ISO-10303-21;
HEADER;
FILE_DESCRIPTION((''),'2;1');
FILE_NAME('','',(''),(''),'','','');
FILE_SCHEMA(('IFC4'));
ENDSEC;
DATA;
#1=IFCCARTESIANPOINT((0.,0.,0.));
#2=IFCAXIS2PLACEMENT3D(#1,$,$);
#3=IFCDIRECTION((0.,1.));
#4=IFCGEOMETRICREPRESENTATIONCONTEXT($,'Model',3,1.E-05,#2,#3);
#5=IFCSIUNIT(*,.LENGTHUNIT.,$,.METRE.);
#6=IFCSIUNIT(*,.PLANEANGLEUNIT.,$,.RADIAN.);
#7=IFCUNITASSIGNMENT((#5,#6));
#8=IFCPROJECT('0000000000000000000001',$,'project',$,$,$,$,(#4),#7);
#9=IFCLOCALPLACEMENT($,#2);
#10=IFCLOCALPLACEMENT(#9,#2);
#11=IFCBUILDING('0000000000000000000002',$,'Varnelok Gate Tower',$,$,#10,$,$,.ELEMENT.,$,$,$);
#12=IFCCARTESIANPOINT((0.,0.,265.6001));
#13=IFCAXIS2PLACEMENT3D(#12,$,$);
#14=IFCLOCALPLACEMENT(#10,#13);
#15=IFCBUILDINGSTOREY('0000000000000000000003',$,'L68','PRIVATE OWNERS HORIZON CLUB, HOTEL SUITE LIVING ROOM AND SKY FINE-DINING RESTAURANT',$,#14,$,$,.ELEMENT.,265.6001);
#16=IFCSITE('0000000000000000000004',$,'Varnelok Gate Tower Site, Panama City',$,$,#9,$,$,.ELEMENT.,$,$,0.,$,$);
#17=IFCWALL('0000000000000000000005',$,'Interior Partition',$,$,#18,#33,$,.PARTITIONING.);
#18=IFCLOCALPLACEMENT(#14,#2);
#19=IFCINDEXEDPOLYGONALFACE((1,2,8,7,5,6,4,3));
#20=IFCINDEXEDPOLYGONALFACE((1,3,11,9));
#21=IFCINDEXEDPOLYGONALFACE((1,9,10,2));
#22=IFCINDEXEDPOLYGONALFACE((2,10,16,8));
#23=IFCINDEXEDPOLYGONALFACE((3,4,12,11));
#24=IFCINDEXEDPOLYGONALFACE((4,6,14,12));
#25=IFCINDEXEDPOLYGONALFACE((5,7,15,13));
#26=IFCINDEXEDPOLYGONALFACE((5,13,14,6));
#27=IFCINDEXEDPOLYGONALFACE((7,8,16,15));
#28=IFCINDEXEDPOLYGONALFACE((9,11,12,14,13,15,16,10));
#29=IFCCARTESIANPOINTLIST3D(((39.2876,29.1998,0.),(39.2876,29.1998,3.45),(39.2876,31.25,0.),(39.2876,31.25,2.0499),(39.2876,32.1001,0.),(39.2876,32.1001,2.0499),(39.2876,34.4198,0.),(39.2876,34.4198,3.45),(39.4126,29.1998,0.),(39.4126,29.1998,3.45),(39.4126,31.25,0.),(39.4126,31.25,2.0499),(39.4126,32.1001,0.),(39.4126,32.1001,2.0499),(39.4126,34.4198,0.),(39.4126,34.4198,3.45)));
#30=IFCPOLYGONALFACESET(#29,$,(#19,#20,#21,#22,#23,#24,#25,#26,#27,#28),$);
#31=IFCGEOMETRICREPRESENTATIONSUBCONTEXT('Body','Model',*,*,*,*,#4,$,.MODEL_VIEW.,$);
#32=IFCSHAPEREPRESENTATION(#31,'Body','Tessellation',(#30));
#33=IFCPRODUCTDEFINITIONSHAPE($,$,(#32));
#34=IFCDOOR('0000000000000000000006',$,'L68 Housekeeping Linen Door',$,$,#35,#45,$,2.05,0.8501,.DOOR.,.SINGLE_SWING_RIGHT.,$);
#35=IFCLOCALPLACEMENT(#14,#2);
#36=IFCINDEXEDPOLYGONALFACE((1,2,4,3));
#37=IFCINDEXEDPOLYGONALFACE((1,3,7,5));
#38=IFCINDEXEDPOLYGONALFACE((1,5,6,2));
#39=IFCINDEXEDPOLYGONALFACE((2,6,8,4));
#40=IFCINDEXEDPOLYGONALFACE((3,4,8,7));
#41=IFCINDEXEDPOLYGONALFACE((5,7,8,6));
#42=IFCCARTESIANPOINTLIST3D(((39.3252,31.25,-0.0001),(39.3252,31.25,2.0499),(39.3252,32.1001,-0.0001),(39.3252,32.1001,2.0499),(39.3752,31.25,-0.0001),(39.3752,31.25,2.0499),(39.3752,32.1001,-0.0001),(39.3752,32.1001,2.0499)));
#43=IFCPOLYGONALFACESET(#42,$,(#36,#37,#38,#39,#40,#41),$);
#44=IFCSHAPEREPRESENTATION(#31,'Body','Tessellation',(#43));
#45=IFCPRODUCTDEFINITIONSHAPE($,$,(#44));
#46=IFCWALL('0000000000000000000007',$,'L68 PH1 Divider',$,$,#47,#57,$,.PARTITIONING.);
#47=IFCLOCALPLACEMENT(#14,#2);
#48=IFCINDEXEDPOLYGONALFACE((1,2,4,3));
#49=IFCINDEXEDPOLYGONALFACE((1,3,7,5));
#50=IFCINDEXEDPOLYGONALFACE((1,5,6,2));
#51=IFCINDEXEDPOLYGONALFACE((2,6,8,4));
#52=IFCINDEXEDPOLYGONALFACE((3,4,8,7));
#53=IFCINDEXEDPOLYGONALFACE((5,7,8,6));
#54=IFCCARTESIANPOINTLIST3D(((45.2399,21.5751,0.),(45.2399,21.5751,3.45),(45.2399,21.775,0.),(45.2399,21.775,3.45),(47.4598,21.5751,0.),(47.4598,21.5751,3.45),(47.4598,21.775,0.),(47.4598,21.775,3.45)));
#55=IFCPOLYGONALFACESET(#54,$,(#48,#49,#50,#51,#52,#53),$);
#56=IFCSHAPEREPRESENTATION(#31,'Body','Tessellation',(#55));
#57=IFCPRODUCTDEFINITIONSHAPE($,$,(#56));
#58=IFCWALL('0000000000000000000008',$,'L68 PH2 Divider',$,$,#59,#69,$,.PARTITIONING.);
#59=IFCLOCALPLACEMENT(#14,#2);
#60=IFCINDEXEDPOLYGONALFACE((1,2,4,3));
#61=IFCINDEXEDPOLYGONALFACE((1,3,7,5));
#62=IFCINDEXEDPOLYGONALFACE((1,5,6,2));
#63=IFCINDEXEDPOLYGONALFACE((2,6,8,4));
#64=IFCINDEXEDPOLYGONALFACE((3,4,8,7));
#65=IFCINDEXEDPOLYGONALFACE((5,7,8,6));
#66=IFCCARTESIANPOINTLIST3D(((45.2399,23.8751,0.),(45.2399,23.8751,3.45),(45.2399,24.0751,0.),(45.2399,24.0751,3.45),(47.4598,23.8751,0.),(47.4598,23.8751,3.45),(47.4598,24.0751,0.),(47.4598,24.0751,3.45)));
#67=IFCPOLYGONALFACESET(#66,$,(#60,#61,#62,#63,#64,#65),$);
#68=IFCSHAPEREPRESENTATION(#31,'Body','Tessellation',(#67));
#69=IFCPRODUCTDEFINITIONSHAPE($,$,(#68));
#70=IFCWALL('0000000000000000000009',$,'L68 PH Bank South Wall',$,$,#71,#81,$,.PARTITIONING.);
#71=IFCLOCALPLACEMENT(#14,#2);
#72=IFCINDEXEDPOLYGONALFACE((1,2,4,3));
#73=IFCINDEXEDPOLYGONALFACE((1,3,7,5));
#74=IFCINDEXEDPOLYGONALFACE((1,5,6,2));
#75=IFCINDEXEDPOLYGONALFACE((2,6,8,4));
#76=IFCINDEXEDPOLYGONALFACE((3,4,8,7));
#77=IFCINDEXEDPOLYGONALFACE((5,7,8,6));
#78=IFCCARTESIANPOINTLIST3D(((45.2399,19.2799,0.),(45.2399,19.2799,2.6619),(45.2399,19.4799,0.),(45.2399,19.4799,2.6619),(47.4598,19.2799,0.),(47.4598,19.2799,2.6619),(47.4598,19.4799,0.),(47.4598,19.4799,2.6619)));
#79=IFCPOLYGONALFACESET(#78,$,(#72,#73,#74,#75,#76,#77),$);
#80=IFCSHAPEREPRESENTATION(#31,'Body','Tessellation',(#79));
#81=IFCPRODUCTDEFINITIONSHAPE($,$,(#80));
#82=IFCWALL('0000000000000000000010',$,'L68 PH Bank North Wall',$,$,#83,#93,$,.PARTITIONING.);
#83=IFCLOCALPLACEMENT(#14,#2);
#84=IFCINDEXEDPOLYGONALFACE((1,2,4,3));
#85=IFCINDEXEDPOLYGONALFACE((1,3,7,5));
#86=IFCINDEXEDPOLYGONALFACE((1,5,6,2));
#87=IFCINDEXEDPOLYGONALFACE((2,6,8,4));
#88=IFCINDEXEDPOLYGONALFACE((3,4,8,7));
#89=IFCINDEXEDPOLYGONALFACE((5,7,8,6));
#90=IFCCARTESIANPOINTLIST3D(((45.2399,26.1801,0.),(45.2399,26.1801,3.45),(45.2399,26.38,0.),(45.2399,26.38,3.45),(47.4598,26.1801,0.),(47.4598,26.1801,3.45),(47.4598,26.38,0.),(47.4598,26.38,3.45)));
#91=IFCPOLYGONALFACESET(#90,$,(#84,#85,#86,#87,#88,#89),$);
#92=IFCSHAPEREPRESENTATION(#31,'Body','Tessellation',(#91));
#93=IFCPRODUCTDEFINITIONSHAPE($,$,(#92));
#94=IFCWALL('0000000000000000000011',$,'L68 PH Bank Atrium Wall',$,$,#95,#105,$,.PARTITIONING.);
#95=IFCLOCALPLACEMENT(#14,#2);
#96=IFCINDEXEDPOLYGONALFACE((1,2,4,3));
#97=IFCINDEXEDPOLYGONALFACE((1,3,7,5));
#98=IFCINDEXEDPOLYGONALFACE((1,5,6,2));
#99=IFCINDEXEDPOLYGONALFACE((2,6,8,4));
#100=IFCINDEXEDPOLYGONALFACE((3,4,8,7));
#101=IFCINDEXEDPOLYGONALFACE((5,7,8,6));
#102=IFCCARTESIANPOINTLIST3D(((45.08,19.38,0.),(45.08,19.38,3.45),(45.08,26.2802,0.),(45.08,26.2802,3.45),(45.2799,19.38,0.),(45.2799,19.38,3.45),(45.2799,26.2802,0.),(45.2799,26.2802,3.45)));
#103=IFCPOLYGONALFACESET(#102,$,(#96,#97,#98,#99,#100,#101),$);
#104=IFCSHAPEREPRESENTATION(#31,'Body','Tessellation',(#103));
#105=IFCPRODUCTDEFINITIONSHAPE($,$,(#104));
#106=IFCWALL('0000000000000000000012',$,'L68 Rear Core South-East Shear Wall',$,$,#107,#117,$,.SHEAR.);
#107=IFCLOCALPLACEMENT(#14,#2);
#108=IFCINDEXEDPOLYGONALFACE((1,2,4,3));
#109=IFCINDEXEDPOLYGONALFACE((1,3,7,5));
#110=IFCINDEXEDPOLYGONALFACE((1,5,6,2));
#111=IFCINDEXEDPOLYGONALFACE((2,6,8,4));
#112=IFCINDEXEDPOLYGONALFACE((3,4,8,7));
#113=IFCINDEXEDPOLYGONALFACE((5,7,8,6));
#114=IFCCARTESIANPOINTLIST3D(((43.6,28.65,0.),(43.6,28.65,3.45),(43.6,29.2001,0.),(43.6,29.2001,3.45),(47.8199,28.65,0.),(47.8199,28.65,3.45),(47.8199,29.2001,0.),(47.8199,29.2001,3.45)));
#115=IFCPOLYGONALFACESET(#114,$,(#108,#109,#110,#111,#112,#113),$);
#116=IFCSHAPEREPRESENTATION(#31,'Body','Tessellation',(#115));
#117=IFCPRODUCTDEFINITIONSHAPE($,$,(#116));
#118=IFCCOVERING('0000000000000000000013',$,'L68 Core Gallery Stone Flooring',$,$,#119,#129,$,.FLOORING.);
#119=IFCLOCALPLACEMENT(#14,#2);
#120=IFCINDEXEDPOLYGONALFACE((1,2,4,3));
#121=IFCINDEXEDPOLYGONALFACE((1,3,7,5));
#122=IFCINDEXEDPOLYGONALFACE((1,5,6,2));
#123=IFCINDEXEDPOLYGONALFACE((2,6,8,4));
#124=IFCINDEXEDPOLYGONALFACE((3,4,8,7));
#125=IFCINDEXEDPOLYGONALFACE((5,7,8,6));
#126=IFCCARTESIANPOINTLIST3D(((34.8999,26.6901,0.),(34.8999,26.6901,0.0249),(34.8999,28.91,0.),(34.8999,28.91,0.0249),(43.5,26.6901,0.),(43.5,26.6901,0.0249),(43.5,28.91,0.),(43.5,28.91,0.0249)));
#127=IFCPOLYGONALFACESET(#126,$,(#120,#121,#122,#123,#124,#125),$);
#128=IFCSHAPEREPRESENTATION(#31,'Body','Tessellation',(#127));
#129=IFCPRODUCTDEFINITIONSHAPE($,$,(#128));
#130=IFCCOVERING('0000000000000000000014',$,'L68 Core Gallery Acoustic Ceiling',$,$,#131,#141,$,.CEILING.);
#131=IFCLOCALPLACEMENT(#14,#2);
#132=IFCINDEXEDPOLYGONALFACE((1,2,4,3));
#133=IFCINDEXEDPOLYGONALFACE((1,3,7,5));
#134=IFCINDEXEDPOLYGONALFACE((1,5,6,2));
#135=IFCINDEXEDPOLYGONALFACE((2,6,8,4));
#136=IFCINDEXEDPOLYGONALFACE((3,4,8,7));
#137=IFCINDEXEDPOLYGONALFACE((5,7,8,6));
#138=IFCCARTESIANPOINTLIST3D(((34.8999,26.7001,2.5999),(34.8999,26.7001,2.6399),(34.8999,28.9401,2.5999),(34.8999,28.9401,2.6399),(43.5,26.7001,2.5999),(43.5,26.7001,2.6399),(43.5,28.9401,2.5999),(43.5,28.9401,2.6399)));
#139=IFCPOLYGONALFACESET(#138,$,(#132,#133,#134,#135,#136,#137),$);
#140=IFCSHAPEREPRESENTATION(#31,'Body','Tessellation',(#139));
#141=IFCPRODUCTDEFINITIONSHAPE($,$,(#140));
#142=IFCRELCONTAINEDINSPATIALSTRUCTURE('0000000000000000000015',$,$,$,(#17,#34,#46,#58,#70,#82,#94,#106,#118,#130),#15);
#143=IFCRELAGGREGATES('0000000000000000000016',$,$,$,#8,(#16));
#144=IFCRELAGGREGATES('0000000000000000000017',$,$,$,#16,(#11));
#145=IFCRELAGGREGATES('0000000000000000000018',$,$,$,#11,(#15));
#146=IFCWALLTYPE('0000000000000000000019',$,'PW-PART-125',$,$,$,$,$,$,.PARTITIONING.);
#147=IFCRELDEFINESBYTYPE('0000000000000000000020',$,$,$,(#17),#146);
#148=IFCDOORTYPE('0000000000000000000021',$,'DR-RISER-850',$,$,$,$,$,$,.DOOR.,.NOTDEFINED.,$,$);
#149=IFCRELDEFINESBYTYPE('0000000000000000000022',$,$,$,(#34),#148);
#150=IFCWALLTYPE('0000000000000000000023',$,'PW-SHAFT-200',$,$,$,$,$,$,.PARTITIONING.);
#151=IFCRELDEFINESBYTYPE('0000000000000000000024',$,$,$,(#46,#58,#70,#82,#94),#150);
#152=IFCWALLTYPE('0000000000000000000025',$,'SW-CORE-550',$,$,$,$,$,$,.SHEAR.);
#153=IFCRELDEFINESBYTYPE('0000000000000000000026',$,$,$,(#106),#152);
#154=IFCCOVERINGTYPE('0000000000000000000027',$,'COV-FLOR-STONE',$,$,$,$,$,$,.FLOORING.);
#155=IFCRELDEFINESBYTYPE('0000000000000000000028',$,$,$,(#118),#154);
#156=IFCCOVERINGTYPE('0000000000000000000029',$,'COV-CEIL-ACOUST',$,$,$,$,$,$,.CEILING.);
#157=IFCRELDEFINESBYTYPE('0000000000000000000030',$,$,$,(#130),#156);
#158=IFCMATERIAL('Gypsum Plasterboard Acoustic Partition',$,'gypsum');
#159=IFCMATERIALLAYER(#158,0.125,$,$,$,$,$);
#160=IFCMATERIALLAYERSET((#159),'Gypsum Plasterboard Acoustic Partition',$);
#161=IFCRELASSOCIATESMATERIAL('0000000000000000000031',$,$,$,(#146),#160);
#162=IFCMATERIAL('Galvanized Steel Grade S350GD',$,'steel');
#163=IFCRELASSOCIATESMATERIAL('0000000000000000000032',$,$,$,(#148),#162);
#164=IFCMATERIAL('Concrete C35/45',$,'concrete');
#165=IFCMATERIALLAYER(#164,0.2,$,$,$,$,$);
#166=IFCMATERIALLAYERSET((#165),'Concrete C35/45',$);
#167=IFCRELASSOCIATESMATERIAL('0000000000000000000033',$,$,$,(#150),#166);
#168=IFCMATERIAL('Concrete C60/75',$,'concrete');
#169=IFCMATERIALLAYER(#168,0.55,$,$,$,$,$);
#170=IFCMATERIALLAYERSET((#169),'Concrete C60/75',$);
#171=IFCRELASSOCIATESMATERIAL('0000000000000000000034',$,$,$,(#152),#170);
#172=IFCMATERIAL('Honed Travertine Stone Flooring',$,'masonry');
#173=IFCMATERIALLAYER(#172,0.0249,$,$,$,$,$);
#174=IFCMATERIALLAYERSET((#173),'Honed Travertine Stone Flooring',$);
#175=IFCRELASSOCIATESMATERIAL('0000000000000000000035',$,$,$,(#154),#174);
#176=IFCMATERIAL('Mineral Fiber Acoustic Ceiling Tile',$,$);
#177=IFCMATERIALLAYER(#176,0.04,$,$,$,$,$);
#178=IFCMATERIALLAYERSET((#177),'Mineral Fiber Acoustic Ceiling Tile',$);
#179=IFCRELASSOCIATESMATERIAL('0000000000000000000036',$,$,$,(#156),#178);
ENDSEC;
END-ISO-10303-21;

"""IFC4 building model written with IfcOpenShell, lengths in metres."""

from ifc_helpers import new_model, si_unit, direction, frame, frame_2d, origin, origin_2d, place, context, subcontext, project, spatial, rectangle, extrude, source, transform, mapped, material, layer, layer_set, type_object, element, fill, save


model = new_model("IFC4")

# Units and contexts
model_context = context("Model", 3, precision=1e-05, world=origin(), true_north=direction((0.0, 1.0)))
body_context = subcontext(model_context, "Body", "Model", "MODEL_VIEW")
ifc_project = project(units=[si_unit("LENGTHUNIT", "METRE"), si_unit("PLANEANGLEUNIT", "RADIAN")], contexts=[model_context])

# Site, building, storey
site_placement = place(None, origin())
site = spatial("IfcSite", under=ifc_project, at=site_placement, Name="Varnelok Gate Tower Site, Panama City", CompositionType="ELEMENT", RefElevation=0.0)
building_placement = place(site_placement, origin())
building = spatial("IfcBuilding", under=site, at=building_placement, Name="Varnelok Gate Tower", CompositionType="ELEMENT")
storey_placement = place(building_placement, frame((0.0, 0.0, 265.6001)))
storey = spatial("IfcBuildingStorey", under=building, at=storey_placement, Name="L68", Description="PRIVATE OWNERS HORIZON CLUB, HOTEL SUITE LIVING ROOM AND SKY FINE-DINING RESTAURANT", CompositionType="ELEMENT", Elevation=265.6001)

# Wall, opening, door
ifc_material_1 = material(Name="Gypsum Plasterboard Acoustic Partition", Category="gypsum")
ifc_layer_1 = layer(ifc_material_1, 0.125)
ifc_layer_set_1 = layer_set([ifc_layer_1], Name="Gypsum Plasterboard Acoustic Partition")
wall_type_1 = type_object("IfcWallType", Name="PW-PART-125", PredefinedType="PARTITIONING", material=ifc_layer_set_1)
wall_1_placement = place(storey_placement, frame((39.3501, 29.2, 0.0), z_axis=(0.0, 0.0, 1.0), x_axis=(0.0, 1.0, 0.0)))
wall_1 = element("IfcWall", 1, at=wall_1_placement, inside=storey, type_object=wall_type_1, Name="Interior Partition", PredefinedType="PARTITIONING", context=body_context, shape_type="SweptSolid", body=[
    extrude(rectangle(XDim=5.22, YDim=0.125, at=frame_2d((2.6099, 0.0))), origin(), (0.0, 0.0, 1.0), 3.45),
])
opening_1_placement = place(wall_1_placement, frame((2.05, 0.0, 0.0)))
opening_1 = element("IfcOpeningElement", 2, at=opening_1_placement, cuts=wall_1, PredefinedType="OPENING", context=body_context, shape_type="SweptSolid", body=[
    extrude(rectangle(XDim=0.8501, YDim=2.05, at=frame_2d((0.425, 1.0249))), frame((0.0, 0.0725, 0.0), z_axis=(0.0, -1.0, 0.0), x_axis=(1.0, 0.0, 0.0)), (0.0, 0.0, 1.0), 0.145),
])
ifc_material_2 = material(Name="Galvanized Steel Grade S350GD", Category="steel")
door_type_1 = type_object("IfcDoorType", Name="DR-RISER-850", OperationType="NOTDEFINED", PredefinedType="DOOR", material=ifc_material_2)
door_1_placement = place(opening_1_placement, origin())
door_1 = element("IfcDoor", 3, at=door_1_placement, inside=storey, type_object=door_type_1, Name="L68 Housekeeping Linen Door", OperationType="SINGLE_SWING_RIGHT", OverallHeight=2.05, OverallWidth=0.8501, PredefinedType="DOOR", context=body_context, shape_type="SweptSolid", body=[
    extrude(rectangle(XDim=0.8501, YDim=2.05, at=frame_2d((0.425, 1.0249))), frame((0.0, 0.0249, 0.0), z_axis=(0.0, -1.0, 0.0), x_axis=(1.0, 0.0, 0.0)), (0.0, 0.0, 1.0), 0.05),
])
fill(opening_1, door_1)

# Walls
ifc_material_3 = material(Name="Concrete C35/45", Category="concrete")
ifc_layer_2 = layer(ifc_material_3, 0.2)
ifc_layer_set_2 = layer_set([ifc_layer_2], Name="Concrete C35/45")
wall_type_2 = type_object("IfcWallType", Name="PW-SHAFT-200", PredefinedType="PARTITIONING", material=ifc_layer_set_2)
for number, where, z_axis, x_axis, name in (
    (4, (45.24, 21.675, 0.0), (0.0, 0.0, 1.0), (1.0, 0.0, 0.0), "L68 PH1 Divider"),
    (5, (45.24, 23.9751, 0.0), (0.0, 0.0, 1.0), (1.0, 0.0, 0.0), "L68 PH2 Divider"),
):
    element("IfcWall", number, at=place(storey_placement, frame(where, z_axis=z_axis, x_axis=x_axis)), inside=storey, type_object=wall_type_2, Name=name, PredefinedType="PARTITIONING", context=body_context, shape_type="SweptSolid", body=[
        extrude(rectangle(XDim=2.22, YDim=0.2, at=frame_2d((1.1099, 0.0))), origin(), (0.0, 0.0, 1.0), 3.45),
    ])
wall_2_placement = place(storey_placement, frame((45.24, 19.3799, 0.0), z_axis=(0.0, 0.0, 1.0), x_axis=(1.0, 0.0, 0.0)))
element("IfcWall", 6, at=wall_2_placement, inside=storey, type_object=wall_type_2, Name="L68 PH Bank South Wall", PredefinedType="PARTITIONING", context=body_context, shape_type="SweptSolid", body=[
    extrude(rectangle(XDim=2.22, YDim=0.2, at=frame_2d((1.1099, 0.0))), origin(), (0.0, 0.0, 1.0), 2.6619),
])
wall_3_placement = place(storey_placement, frame((45.24, 26.28, 0.0), z_axis=(0.0, 0.0, 1.0), x_axis=(1.0, 0.0, 0.0)))
element("IfcWall", 7, at=wall_3_placement, inside=storey, type_object=wall_type_2, Name="L68 PH Bank North Wall", PredefinedType="PARTITIONING", context=body_context, shape_type="SweptSolid", body=[
    extrude(rectangle(XDim=2.22, YDim=0.2, at=frame_2d((1.1099, 0.0))), origin(), (0.0, 0.0, 1.0), 3.45),
])
wall_4_placement = place(storey_placement, frame((45.1799, 19.3799, 0.0), z_axis=(0.0, 0.0, 1.0), x_axis=(0.0, 1.0, 0.0)))
element("IfcWall", 8, at=wall_4_placement, inside=storey, type_object=wall_type_2, Name="L68 PH Bank Atrium Wall", PredefinedType="PARTITIONING", context=body_context, shape_type="SweptSolid", body=[
    extrude(rectangle(XDim=6.9001, YDim=0.2, at=frame_2d((3.4502, 0.0))), origin(), (0.0, 0.0, 1.0), 3.45),
])

# Wall
ifc_material_4 = material(Name="Concrete C60/75", Category="concrete")
ifc_layer_3 = layer(ifc_material_4, 0.55)
ifc_layer_set_3 = layer_set([ifc_layer_3], Name="Concrete C60/75")
wall_type_3 = type_object("IfcWallType", Name="SW-CORE-550", PredefinedType="SHEAR", material=ifc_layer_set_3)
wall_5_placement = place(storey_placement, frame((43.6001, 28.925, 0.0), z_axis=(0.0, 0.0, 1.0), x_axis=(1.0, 0.0, 0.0)))
element("IfcWall", 9, at=wall_5_placement, inside=storey, type_object=wall_type_3, Name="L68 Rear Core South-East Shear Wall", PredefinedType="SHEAR", context=body_context, shape_type="SweptSolid", body=[
    extrude(rectangle(XDim=4.22, YDim=0.55, at=frame_2d((2.1099, 0.0))), origin(), (0.0, 0.0, 1.0), 3.45),
])

# Coverings
ifc_material_5 = material(Name="Honed Travertine Stone Flooring", Category="masonry")
ifc_layer_4 = layer(ifc_material_5, 0.0249)
ifc_layer_set_4 = layer_set([ifc_layer_4], Name="Honed Travertine Stone Flooring")
covering_type_1 = type_object("IfcCoveringType", Name="COV-FLOR-STONE", PredefinedType="FLOORING", material=ifc_layer_set_4)
shared_shape_1 = source(origin(), body_context, "Body", "SweptSolid", [
    extrude(rectangle(XDim=8.6001, YDim=2.22, at=origin_2d()), origin(), (0.0, 0.0, 1.0), 0.0249),
])
covering_1_placement = place(storey_placement, frame((39.2, 27.8, 0.0), z_axis=(0.0, 0.0, 1.0), x_axis=(1.0, 0.0, 0.0)))
element("IfcCovering", 10, at=covering_1_placement, inside=storey, type_object=covering_type_1, Name="L68 Core Gallery Stone Flooring", PredefinedType="FLOORING", context=body_context, shape_type="MappedRepresentation", body=[
    mapped(shared_shape_1, transform((0.0, 0.0, 0.0), scale=1.0)),
])
ifc_material_6 = material(Name="Mineral Fiber Acoustic Ceiling Tile")
ifc_layer_5 = layer(ifc_material_6, 0.04)
ifc_layer_set_5 = layer_set([ifc_layer_5], Name="Mineral Fiber Acoustic Ceiling Tile")
covering_type_2 = type_object("IfcCoveringType", Name="COV-CEIL-ACOUST", PredefinedType="CEILING", material=ifc_layer_set_5)
shared_shape_2 = source(origin(), body_context, "Body", "SweptSolid", [
    extrude(rectangle(XDim=8.6001, YDim=2.24, at=origin_2d()), origin(), (0.0, 0.0, 1.0), 0.04),
])
covering_2_placement = place(storey_placement, frame((39.2, 27.8201, 2.5999), z_axis=(0.0, 0.0, 1.0), x_axis=(1.0, 0.0, 0.0)))
element("IfcCovering", 11, at=covering_2_placement, inside=storey, type_object=covering_type_2, Name="L68 Core Gallery Acoustic Ceiling", PredefinedType="CEILING", context=body_context, shape_type="MappedRepresentation", body=[
    mapped(shared_shape_2, transform((0.0, 0.0, 0.0), scale=1.0)),
])

save(model, "model.ifc")
